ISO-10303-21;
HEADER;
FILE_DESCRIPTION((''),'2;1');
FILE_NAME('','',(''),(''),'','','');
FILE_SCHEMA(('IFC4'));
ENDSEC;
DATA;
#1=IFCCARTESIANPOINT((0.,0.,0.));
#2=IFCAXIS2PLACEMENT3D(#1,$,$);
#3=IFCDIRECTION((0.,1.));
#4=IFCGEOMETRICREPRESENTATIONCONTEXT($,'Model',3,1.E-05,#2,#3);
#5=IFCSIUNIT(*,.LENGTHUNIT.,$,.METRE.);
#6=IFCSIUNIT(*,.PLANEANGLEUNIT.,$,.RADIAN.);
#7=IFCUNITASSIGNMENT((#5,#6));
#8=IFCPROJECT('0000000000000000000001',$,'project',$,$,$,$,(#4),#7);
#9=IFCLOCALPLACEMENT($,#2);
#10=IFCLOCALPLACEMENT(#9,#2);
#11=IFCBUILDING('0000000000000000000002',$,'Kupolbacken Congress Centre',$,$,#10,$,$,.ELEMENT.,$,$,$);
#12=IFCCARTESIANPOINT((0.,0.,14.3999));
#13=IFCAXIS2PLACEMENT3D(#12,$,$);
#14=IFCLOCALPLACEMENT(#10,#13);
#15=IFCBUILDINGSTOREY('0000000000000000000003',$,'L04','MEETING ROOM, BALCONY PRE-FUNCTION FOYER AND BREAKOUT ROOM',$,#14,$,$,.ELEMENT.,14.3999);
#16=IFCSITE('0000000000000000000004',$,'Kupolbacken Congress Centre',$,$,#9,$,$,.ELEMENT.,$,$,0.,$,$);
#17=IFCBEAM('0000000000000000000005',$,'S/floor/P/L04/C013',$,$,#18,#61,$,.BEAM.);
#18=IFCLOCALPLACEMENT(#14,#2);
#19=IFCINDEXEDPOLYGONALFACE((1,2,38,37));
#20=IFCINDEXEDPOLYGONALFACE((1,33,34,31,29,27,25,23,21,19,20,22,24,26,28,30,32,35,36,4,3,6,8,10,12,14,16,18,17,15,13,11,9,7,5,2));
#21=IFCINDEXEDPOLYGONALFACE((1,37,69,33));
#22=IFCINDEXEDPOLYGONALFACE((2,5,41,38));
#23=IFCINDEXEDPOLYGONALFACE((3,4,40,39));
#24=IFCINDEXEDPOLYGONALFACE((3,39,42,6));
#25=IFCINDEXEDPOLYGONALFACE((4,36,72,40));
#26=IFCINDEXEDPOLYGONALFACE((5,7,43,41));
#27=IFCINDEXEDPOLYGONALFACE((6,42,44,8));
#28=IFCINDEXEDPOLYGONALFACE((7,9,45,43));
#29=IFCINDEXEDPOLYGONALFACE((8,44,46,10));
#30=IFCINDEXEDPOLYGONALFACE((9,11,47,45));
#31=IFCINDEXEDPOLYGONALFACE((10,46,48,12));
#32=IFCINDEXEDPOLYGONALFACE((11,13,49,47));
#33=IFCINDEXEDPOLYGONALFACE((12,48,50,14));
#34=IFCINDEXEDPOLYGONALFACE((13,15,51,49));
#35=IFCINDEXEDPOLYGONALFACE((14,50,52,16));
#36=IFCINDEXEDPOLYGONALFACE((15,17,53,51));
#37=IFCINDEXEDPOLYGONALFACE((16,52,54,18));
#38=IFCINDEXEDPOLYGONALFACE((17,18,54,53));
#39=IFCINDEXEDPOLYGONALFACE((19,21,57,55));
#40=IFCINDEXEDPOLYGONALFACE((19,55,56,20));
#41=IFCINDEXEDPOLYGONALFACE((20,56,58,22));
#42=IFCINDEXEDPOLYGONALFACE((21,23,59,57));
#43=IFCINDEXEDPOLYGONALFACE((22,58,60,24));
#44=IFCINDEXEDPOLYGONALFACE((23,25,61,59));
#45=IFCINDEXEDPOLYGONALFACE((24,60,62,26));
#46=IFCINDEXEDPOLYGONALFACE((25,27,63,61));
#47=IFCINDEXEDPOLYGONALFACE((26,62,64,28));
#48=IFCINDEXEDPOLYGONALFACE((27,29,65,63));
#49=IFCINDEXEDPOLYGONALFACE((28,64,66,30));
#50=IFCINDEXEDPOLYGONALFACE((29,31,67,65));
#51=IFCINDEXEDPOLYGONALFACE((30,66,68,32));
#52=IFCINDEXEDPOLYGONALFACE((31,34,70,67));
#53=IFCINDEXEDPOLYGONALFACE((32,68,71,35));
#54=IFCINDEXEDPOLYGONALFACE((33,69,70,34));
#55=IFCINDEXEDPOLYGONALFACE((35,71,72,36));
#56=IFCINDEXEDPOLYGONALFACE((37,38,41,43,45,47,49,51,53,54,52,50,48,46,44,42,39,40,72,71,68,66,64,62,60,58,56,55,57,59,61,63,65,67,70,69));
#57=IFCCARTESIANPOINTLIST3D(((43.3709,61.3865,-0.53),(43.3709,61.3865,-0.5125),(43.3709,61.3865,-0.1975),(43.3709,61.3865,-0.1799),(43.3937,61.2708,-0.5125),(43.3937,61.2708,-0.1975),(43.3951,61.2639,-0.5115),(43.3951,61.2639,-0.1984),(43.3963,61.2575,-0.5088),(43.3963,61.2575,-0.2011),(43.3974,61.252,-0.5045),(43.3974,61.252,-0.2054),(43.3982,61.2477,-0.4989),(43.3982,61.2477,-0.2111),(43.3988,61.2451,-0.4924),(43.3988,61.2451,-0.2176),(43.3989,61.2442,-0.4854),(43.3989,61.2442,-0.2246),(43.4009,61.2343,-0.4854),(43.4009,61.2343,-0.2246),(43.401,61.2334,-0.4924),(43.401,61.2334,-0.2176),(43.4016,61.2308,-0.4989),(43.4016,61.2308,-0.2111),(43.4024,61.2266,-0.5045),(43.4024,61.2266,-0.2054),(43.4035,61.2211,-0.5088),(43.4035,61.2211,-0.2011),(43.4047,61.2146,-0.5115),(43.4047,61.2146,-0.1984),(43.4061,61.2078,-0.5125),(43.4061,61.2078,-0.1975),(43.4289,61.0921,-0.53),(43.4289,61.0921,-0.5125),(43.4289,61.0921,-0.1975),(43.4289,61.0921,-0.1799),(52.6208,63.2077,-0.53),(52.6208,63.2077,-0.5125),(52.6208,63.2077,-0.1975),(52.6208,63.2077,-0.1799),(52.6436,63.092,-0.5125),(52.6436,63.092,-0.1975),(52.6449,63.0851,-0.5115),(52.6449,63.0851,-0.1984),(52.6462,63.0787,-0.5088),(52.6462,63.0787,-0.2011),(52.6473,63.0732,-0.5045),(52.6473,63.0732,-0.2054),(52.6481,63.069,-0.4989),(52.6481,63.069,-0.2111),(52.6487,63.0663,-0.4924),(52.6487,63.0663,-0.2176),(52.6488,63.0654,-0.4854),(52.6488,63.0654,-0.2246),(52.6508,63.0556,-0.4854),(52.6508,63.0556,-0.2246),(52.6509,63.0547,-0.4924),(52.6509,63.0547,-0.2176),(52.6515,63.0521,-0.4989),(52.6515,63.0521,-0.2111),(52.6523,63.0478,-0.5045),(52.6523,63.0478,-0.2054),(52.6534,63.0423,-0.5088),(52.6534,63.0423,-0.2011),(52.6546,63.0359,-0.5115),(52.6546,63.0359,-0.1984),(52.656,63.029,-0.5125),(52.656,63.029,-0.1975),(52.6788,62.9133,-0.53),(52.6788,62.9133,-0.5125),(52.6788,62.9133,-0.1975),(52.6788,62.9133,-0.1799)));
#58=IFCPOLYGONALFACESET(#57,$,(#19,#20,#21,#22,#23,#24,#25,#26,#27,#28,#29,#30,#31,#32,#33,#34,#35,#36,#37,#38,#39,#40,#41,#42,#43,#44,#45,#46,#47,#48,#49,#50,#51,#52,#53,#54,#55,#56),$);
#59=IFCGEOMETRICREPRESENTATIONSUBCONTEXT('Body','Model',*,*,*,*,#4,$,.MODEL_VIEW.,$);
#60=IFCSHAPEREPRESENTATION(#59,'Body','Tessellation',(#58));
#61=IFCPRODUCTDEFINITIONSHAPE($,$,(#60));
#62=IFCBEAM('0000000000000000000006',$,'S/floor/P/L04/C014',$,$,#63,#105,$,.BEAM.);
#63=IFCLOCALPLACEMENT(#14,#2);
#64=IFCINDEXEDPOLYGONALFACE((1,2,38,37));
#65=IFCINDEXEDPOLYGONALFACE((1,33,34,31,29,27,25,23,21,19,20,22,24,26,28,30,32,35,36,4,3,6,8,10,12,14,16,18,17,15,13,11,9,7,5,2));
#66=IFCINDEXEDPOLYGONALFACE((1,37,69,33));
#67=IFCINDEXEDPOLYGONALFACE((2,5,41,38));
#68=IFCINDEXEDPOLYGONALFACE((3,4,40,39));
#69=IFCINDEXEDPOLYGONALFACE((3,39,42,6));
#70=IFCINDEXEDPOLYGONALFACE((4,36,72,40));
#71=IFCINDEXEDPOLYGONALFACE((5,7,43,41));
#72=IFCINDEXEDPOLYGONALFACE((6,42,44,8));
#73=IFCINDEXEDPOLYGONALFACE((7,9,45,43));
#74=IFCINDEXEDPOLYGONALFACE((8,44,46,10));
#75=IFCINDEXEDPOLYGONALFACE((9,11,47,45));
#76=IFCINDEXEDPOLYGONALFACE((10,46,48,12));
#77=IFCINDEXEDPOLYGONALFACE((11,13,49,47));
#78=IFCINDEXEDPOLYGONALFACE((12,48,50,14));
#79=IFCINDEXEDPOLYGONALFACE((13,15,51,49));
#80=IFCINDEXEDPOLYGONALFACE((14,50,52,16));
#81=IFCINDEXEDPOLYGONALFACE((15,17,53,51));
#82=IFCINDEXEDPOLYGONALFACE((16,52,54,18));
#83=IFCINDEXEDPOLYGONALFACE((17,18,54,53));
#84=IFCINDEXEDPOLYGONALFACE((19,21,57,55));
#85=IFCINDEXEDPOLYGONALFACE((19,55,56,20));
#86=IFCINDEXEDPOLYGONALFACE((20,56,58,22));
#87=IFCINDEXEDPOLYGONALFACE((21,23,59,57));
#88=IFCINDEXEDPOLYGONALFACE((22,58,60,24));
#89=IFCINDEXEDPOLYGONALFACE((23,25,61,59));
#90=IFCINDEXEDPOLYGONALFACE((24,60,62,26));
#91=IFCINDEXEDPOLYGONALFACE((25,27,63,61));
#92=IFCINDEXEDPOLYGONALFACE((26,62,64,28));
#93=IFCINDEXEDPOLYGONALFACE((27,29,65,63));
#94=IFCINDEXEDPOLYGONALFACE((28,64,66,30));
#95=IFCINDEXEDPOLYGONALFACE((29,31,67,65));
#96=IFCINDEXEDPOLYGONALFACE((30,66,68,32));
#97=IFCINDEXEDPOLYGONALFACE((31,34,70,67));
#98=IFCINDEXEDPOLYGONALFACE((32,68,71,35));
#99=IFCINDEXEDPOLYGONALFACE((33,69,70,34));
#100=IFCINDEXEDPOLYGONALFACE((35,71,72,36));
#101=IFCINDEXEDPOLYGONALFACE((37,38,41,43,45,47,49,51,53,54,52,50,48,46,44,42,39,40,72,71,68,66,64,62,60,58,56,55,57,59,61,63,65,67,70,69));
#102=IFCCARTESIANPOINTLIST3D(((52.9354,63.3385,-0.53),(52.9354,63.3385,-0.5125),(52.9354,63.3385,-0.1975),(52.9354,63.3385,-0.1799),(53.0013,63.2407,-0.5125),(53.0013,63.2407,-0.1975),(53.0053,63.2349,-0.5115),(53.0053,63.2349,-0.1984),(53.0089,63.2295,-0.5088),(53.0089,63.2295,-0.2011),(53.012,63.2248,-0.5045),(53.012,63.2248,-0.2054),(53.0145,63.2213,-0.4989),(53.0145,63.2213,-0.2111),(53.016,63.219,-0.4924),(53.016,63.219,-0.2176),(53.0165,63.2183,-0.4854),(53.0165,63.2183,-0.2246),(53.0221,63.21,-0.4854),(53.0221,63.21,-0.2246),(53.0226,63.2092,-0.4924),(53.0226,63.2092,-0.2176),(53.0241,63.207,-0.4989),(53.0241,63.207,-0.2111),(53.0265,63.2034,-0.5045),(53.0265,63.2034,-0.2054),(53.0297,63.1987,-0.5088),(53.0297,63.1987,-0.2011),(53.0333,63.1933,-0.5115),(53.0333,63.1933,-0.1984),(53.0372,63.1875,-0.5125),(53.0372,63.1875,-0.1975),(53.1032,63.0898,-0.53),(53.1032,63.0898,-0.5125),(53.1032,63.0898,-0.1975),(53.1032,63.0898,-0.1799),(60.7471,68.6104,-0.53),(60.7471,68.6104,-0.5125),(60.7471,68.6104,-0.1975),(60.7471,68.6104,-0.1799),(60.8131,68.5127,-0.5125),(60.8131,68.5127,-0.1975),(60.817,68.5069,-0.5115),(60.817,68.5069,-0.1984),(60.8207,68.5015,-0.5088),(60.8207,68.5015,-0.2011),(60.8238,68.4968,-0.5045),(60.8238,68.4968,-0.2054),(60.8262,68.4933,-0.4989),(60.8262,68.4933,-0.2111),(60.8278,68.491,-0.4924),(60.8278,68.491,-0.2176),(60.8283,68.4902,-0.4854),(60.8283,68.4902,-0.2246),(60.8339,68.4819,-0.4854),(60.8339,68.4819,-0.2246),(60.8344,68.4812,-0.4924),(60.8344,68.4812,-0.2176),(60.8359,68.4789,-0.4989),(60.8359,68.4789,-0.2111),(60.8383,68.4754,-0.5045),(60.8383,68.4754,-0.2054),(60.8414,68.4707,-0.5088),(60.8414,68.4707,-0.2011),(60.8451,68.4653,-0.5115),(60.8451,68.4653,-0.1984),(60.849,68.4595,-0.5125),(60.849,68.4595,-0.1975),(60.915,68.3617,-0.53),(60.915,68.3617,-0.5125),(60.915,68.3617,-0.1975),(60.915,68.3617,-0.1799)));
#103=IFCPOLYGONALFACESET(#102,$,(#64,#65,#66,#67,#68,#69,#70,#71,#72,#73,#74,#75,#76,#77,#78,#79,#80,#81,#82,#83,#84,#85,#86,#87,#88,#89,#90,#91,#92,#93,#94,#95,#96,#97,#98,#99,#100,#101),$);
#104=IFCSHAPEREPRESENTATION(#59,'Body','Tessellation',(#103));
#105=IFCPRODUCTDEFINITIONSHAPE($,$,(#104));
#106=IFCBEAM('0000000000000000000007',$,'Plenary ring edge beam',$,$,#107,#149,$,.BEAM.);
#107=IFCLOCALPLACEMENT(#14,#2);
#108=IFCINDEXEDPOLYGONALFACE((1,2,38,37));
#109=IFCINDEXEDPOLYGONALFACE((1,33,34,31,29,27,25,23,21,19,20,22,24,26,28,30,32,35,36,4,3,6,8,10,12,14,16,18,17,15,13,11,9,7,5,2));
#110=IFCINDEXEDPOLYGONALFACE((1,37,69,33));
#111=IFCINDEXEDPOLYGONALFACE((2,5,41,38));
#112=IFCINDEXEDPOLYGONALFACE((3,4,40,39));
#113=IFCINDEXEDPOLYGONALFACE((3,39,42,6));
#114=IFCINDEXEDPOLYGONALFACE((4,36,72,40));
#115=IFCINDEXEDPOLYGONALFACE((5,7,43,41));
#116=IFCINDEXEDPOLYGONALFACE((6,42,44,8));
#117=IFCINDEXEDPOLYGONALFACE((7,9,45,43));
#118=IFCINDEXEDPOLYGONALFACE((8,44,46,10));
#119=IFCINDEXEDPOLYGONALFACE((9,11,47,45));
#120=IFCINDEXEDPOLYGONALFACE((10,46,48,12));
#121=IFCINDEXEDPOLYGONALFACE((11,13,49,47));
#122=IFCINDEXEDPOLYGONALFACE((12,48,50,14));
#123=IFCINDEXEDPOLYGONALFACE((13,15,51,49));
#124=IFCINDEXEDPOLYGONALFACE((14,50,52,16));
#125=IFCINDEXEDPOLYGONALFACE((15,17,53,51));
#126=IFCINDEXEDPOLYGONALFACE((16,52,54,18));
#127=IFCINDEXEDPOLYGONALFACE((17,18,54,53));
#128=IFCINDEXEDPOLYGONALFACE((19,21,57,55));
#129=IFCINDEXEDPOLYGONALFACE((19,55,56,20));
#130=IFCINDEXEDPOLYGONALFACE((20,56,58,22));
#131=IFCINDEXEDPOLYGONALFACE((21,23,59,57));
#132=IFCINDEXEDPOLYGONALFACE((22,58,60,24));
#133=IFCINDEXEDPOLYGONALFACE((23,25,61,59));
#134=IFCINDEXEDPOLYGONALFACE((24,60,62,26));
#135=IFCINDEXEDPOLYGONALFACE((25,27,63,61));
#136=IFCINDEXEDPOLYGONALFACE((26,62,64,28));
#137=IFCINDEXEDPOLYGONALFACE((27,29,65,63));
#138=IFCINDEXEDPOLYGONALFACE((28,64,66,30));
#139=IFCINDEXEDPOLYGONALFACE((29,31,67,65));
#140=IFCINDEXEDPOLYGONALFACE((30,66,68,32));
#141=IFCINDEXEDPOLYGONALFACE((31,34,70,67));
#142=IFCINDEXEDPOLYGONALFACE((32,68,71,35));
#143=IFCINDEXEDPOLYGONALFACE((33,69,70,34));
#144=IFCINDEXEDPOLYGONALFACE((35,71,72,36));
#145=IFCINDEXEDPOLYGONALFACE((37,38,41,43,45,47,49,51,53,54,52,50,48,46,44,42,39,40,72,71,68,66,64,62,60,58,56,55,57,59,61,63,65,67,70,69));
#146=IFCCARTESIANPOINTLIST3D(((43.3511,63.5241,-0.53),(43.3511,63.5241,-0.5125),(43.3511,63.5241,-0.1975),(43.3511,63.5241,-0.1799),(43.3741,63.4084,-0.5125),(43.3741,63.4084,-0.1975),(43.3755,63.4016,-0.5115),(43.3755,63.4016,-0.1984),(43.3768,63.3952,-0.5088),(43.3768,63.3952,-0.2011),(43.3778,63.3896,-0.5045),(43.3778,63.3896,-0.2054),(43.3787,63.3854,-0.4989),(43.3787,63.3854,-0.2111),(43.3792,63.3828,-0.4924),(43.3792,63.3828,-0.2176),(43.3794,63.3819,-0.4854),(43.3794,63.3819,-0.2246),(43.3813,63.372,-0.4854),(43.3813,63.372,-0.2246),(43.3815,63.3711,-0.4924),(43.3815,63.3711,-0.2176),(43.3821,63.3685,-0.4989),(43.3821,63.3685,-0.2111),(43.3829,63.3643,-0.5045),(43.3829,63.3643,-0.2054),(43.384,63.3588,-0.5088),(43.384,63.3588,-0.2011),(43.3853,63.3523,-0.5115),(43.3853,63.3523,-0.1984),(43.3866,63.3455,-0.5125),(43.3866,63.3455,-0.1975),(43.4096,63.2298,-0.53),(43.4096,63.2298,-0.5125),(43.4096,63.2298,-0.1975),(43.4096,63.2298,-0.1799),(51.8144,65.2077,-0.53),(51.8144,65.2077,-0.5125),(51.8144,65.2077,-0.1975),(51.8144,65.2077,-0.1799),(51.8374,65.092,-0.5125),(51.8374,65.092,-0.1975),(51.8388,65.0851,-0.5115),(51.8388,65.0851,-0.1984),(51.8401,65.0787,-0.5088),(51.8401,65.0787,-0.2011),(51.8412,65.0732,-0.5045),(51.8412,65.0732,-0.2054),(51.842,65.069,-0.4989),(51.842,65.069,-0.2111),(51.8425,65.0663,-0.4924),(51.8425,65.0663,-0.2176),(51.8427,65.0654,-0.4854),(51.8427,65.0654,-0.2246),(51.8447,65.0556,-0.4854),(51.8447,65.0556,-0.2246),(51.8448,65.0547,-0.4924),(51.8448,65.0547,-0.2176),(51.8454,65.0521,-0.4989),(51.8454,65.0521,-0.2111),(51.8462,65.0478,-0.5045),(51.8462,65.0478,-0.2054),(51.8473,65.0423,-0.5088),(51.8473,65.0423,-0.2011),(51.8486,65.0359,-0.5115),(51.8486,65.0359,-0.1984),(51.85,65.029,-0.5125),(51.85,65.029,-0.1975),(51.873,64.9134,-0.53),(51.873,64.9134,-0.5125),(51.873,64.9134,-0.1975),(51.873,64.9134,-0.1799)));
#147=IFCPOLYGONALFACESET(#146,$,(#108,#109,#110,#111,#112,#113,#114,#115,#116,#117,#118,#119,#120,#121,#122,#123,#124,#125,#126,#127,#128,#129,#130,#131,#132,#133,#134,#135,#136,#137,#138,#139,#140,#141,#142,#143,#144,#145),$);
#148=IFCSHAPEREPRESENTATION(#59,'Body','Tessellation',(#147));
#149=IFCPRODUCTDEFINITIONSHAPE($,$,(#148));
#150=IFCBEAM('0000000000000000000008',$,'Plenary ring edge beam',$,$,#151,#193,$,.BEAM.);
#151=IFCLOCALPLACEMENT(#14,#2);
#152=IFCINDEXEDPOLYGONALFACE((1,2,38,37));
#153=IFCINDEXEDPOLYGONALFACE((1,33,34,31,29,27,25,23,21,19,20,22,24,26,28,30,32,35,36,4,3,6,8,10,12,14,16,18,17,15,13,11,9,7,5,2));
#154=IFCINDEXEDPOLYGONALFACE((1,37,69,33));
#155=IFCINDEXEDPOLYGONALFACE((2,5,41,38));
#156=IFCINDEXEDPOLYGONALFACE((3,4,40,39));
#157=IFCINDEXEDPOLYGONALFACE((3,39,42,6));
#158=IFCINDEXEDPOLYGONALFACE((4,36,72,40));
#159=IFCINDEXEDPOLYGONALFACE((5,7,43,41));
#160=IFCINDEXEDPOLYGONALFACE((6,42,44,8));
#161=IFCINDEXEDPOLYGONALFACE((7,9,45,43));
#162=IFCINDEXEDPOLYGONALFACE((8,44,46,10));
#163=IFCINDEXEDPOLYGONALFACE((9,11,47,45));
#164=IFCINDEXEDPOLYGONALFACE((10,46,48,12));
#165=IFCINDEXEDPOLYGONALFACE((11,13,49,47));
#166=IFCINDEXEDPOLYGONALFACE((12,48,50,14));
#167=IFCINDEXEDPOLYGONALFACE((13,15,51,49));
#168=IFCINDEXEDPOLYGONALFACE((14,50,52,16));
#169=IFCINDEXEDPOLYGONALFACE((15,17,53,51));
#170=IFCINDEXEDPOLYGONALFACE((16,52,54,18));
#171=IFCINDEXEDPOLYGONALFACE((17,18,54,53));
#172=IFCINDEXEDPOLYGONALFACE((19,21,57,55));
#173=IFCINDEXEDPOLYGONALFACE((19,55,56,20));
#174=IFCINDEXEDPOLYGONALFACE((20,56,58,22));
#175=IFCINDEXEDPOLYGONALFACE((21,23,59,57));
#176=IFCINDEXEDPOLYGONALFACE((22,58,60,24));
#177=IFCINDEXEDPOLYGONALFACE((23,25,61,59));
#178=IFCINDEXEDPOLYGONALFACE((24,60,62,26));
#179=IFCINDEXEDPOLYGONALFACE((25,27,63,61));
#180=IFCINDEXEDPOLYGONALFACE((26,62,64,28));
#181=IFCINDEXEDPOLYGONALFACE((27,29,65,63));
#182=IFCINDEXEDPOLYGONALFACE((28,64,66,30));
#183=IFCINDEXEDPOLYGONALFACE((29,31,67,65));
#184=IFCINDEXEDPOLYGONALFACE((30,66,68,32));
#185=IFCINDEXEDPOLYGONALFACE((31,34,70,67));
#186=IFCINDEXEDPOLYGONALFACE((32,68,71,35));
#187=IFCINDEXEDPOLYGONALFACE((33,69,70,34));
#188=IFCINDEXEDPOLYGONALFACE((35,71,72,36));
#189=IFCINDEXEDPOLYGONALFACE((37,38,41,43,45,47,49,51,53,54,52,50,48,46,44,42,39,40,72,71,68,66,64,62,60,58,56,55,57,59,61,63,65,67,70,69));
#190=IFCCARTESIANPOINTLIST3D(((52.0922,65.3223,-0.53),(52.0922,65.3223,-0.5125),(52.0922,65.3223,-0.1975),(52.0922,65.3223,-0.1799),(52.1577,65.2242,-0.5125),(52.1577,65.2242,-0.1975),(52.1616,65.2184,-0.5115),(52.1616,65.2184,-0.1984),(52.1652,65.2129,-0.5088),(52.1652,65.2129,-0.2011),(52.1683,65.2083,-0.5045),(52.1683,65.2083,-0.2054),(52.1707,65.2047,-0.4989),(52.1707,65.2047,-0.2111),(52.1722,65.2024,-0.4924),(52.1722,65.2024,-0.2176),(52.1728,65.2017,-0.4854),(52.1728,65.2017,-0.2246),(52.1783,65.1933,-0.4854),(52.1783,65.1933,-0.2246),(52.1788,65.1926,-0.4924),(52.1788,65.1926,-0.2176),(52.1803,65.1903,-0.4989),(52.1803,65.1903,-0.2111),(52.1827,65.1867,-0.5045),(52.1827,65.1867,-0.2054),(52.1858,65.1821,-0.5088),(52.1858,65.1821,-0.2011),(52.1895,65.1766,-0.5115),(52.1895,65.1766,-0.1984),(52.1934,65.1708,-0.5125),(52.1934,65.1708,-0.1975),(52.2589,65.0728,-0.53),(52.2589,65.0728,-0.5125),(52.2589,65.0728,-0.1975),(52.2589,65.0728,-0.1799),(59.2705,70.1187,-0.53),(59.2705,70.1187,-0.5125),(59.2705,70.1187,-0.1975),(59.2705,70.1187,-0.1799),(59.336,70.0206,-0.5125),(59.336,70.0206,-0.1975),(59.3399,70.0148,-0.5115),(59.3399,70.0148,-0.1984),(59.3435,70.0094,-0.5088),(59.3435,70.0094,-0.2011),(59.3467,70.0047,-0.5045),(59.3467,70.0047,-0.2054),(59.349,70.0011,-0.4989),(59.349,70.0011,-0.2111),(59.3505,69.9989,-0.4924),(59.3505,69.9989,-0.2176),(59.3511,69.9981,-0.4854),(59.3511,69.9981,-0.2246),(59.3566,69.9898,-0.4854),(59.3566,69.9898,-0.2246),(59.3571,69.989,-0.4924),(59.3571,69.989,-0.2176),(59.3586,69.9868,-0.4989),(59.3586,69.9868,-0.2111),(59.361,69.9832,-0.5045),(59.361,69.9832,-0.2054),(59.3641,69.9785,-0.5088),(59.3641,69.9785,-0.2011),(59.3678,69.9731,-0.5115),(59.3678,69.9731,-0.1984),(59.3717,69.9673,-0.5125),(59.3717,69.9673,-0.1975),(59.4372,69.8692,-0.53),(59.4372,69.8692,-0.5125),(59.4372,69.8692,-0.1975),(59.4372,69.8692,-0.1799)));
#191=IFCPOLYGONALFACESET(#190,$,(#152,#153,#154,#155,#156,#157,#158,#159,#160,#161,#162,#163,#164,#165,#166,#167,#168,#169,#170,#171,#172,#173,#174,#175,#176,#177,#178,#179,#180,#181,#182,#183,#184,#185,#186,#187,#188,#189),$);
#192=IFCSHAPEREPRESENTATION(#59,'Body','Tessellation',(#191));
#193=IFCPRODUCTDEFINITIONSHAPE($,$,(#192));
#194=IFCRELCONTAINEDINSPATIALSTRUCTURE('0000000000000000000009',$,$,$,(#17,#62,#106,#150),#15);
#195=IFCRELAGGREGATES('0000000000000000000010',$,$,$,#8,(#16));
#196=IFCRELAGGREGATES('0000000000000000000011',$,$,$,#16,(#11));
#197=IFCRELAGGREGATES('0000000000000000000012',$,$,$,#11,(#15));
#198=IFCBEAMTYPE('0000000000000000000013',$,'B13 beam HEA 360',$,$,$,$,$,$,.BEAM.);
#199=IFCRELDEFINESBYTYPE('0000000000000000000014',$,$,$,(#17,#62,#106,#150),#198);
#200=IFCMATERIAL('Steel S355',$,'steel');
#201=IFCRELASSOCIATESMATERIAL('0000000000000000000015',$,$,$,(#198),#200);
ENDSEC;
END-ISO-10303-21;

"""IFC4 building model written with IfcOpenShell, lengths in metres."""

from ifc_helpers import new_model, si_unit, direction, frame, origin, origin_2d, place, context, subcontext, project, spatial, i_section, extrude, material, material_profile, profile_set, type_object, element, save


model = new_model("IFC4")

# Units and contexts
model_context = context("Model", 3, precision=1e-05, world=origin(), true_north=direction((0.0, 1.0)))
body_context = subcontext(model_context, "Body", "Model", "MODEL_VIEW")
ifc_project = project(units=[si_unit("LENGTHUNIT", "METRE"), si_unit("PLANEANGLEUNIT", "RADIAN")], contexts=[model_context])

# Site, building, storey
site_placement = place(None, origin())
site = spatial("IfcSite", under=ifc_project, at=site_placement, Name="Kupolbacken Congress Centre", CompositionType="ELEMENT", RefElevation=0.0)
building_placement = place(site_placement, origin())
building = spatial("IfcBuilding", under=site, at=building_placement, Name="Kupolbacken Congress Centre", CompositionType="ELEMENT")
storey_placement = place(building_placement, frame((0.0, 0.0, 14.3999)))
storey = spatial("IfcBuildingStorey", under=building, at=storey_placement, Name="L04", Description="MEETING ROOM, BALCONY PRE-FUNCTION FOYER AND BREAKOUT ROOM", CompositionType="ELEMENT", Elevation=14.3999)

# Beams
ifc_material_1 = material(Name="Steel S355", Category="steel")
ifc_material_profile_1 = material_profile(ifc_material_1, i_section(OverallWidth=0.3, OverallDepth=0.3501, WebThickness=0.01, FlangeThickness=0.0176, FilletRadius=0.0271, at=origin_2d()), Name="HEA 360")
ifc_profile_set_1 = profile_set([ifc_material_profile_1], Name="Steel S355")
beam_type_1 = type_object("IfcBeamType", Name="B13 beam HEA 360", PredefinedType="BEAM", material=ifc_profile_set_1)
beam_1_placement = place(storey_placement, frame((43.3999, 61.2393, -0.355), z_axis=(0.981162, 0.193187, 0.0), x_axis=(-0.193187, 0.981162, 0.0)))
element("IfcBeam", 1, at=beam_1_placement, inside=storey, type_object=beam_type_1, Name="S/floor/P/L04/C013", PredefinedType="BEAM", context=body_context, shape_type="SweptSolid", body=[
    extrude(i_section(OverallWidth=0.3, OverallDepth=0.3501, WebThickness=0.01, FlangeThickness=0.0176, FilletRadius=0.0271, at=origin_2d()), origin(), (0.0, 0.0, 1.0), 9.4275),
])
beam_2_placement = place(storey_placement, frame((53.0193, 63.2141, -0.355), z_axis=(0.828896, 0.559402, 0.0), x_axis=(-0.559402, 0.828896, 0.0)))
element("IfcBeam", 2, at=beam_2_placement, inside=storey, type_object=beam_type_1, Name="S/floor/P/L04/C014", PredefinedType="BEAM", context=body_context, shape_type="SweptSolid", body=[
    extrude(i_section(OverallWidth=0.3, OverallDepth=0.3501, WebThickness=0.01, FlangeThickness=0.0176, FilletRadius=0.0271, at=origin_2d()), origin(), (0.0, 0.0, 1.0), 9.4243),
])
beam_3_placement = place(storey_placement, frame((43.3804, 63.377, -0.355), z_axis=(0.980783, 0.195104, 0.0), x_axis=(-0.195104, 0.980783, 0.0)))
element("IfcBeam", 3, at=beam_3_placement, inside=storey, type_object=beam_type_1, Name="Plenary ring edge beam", PredefinedType="BEAM", context=body_context, shape_type="SweptSolid", body=[
    extrude(i_section(OverallWidth=0.3, OverallDepth=0.3501, WebThickness=0.01, FlangeThickness=0.0176, FilletRadius=0.0271, at=origin_2d()), origin(), (0.0, 0.0, 1.0), 8.6292),
])
beam_4_placement = place(storey_placement, frame((52.1755, 65.1975, -0.355), z_axis=(0.831467, 0.555574, 0.0), x_axis=(-0.555574, 0.831467, 0.0)))
element("IfcBeam", 4, at=beam_4_placement, inside=storey, type_object=beam_type_1, Name="Plenary ring edge beam", PredefinedType="BEAM", context=body_context, shape_type="SweptSolid", body=[
    extrude(i_section(OverallWidth=0.3, OverallDepth=0.3501, WebThickness=0.01, FlangeThickness=0.0176, FilletRadius=0.0271, at=origin_2d()), origin(), (0.0, 0.0, 1.0), 8.6333),
])

save(model, "model.ifc")
